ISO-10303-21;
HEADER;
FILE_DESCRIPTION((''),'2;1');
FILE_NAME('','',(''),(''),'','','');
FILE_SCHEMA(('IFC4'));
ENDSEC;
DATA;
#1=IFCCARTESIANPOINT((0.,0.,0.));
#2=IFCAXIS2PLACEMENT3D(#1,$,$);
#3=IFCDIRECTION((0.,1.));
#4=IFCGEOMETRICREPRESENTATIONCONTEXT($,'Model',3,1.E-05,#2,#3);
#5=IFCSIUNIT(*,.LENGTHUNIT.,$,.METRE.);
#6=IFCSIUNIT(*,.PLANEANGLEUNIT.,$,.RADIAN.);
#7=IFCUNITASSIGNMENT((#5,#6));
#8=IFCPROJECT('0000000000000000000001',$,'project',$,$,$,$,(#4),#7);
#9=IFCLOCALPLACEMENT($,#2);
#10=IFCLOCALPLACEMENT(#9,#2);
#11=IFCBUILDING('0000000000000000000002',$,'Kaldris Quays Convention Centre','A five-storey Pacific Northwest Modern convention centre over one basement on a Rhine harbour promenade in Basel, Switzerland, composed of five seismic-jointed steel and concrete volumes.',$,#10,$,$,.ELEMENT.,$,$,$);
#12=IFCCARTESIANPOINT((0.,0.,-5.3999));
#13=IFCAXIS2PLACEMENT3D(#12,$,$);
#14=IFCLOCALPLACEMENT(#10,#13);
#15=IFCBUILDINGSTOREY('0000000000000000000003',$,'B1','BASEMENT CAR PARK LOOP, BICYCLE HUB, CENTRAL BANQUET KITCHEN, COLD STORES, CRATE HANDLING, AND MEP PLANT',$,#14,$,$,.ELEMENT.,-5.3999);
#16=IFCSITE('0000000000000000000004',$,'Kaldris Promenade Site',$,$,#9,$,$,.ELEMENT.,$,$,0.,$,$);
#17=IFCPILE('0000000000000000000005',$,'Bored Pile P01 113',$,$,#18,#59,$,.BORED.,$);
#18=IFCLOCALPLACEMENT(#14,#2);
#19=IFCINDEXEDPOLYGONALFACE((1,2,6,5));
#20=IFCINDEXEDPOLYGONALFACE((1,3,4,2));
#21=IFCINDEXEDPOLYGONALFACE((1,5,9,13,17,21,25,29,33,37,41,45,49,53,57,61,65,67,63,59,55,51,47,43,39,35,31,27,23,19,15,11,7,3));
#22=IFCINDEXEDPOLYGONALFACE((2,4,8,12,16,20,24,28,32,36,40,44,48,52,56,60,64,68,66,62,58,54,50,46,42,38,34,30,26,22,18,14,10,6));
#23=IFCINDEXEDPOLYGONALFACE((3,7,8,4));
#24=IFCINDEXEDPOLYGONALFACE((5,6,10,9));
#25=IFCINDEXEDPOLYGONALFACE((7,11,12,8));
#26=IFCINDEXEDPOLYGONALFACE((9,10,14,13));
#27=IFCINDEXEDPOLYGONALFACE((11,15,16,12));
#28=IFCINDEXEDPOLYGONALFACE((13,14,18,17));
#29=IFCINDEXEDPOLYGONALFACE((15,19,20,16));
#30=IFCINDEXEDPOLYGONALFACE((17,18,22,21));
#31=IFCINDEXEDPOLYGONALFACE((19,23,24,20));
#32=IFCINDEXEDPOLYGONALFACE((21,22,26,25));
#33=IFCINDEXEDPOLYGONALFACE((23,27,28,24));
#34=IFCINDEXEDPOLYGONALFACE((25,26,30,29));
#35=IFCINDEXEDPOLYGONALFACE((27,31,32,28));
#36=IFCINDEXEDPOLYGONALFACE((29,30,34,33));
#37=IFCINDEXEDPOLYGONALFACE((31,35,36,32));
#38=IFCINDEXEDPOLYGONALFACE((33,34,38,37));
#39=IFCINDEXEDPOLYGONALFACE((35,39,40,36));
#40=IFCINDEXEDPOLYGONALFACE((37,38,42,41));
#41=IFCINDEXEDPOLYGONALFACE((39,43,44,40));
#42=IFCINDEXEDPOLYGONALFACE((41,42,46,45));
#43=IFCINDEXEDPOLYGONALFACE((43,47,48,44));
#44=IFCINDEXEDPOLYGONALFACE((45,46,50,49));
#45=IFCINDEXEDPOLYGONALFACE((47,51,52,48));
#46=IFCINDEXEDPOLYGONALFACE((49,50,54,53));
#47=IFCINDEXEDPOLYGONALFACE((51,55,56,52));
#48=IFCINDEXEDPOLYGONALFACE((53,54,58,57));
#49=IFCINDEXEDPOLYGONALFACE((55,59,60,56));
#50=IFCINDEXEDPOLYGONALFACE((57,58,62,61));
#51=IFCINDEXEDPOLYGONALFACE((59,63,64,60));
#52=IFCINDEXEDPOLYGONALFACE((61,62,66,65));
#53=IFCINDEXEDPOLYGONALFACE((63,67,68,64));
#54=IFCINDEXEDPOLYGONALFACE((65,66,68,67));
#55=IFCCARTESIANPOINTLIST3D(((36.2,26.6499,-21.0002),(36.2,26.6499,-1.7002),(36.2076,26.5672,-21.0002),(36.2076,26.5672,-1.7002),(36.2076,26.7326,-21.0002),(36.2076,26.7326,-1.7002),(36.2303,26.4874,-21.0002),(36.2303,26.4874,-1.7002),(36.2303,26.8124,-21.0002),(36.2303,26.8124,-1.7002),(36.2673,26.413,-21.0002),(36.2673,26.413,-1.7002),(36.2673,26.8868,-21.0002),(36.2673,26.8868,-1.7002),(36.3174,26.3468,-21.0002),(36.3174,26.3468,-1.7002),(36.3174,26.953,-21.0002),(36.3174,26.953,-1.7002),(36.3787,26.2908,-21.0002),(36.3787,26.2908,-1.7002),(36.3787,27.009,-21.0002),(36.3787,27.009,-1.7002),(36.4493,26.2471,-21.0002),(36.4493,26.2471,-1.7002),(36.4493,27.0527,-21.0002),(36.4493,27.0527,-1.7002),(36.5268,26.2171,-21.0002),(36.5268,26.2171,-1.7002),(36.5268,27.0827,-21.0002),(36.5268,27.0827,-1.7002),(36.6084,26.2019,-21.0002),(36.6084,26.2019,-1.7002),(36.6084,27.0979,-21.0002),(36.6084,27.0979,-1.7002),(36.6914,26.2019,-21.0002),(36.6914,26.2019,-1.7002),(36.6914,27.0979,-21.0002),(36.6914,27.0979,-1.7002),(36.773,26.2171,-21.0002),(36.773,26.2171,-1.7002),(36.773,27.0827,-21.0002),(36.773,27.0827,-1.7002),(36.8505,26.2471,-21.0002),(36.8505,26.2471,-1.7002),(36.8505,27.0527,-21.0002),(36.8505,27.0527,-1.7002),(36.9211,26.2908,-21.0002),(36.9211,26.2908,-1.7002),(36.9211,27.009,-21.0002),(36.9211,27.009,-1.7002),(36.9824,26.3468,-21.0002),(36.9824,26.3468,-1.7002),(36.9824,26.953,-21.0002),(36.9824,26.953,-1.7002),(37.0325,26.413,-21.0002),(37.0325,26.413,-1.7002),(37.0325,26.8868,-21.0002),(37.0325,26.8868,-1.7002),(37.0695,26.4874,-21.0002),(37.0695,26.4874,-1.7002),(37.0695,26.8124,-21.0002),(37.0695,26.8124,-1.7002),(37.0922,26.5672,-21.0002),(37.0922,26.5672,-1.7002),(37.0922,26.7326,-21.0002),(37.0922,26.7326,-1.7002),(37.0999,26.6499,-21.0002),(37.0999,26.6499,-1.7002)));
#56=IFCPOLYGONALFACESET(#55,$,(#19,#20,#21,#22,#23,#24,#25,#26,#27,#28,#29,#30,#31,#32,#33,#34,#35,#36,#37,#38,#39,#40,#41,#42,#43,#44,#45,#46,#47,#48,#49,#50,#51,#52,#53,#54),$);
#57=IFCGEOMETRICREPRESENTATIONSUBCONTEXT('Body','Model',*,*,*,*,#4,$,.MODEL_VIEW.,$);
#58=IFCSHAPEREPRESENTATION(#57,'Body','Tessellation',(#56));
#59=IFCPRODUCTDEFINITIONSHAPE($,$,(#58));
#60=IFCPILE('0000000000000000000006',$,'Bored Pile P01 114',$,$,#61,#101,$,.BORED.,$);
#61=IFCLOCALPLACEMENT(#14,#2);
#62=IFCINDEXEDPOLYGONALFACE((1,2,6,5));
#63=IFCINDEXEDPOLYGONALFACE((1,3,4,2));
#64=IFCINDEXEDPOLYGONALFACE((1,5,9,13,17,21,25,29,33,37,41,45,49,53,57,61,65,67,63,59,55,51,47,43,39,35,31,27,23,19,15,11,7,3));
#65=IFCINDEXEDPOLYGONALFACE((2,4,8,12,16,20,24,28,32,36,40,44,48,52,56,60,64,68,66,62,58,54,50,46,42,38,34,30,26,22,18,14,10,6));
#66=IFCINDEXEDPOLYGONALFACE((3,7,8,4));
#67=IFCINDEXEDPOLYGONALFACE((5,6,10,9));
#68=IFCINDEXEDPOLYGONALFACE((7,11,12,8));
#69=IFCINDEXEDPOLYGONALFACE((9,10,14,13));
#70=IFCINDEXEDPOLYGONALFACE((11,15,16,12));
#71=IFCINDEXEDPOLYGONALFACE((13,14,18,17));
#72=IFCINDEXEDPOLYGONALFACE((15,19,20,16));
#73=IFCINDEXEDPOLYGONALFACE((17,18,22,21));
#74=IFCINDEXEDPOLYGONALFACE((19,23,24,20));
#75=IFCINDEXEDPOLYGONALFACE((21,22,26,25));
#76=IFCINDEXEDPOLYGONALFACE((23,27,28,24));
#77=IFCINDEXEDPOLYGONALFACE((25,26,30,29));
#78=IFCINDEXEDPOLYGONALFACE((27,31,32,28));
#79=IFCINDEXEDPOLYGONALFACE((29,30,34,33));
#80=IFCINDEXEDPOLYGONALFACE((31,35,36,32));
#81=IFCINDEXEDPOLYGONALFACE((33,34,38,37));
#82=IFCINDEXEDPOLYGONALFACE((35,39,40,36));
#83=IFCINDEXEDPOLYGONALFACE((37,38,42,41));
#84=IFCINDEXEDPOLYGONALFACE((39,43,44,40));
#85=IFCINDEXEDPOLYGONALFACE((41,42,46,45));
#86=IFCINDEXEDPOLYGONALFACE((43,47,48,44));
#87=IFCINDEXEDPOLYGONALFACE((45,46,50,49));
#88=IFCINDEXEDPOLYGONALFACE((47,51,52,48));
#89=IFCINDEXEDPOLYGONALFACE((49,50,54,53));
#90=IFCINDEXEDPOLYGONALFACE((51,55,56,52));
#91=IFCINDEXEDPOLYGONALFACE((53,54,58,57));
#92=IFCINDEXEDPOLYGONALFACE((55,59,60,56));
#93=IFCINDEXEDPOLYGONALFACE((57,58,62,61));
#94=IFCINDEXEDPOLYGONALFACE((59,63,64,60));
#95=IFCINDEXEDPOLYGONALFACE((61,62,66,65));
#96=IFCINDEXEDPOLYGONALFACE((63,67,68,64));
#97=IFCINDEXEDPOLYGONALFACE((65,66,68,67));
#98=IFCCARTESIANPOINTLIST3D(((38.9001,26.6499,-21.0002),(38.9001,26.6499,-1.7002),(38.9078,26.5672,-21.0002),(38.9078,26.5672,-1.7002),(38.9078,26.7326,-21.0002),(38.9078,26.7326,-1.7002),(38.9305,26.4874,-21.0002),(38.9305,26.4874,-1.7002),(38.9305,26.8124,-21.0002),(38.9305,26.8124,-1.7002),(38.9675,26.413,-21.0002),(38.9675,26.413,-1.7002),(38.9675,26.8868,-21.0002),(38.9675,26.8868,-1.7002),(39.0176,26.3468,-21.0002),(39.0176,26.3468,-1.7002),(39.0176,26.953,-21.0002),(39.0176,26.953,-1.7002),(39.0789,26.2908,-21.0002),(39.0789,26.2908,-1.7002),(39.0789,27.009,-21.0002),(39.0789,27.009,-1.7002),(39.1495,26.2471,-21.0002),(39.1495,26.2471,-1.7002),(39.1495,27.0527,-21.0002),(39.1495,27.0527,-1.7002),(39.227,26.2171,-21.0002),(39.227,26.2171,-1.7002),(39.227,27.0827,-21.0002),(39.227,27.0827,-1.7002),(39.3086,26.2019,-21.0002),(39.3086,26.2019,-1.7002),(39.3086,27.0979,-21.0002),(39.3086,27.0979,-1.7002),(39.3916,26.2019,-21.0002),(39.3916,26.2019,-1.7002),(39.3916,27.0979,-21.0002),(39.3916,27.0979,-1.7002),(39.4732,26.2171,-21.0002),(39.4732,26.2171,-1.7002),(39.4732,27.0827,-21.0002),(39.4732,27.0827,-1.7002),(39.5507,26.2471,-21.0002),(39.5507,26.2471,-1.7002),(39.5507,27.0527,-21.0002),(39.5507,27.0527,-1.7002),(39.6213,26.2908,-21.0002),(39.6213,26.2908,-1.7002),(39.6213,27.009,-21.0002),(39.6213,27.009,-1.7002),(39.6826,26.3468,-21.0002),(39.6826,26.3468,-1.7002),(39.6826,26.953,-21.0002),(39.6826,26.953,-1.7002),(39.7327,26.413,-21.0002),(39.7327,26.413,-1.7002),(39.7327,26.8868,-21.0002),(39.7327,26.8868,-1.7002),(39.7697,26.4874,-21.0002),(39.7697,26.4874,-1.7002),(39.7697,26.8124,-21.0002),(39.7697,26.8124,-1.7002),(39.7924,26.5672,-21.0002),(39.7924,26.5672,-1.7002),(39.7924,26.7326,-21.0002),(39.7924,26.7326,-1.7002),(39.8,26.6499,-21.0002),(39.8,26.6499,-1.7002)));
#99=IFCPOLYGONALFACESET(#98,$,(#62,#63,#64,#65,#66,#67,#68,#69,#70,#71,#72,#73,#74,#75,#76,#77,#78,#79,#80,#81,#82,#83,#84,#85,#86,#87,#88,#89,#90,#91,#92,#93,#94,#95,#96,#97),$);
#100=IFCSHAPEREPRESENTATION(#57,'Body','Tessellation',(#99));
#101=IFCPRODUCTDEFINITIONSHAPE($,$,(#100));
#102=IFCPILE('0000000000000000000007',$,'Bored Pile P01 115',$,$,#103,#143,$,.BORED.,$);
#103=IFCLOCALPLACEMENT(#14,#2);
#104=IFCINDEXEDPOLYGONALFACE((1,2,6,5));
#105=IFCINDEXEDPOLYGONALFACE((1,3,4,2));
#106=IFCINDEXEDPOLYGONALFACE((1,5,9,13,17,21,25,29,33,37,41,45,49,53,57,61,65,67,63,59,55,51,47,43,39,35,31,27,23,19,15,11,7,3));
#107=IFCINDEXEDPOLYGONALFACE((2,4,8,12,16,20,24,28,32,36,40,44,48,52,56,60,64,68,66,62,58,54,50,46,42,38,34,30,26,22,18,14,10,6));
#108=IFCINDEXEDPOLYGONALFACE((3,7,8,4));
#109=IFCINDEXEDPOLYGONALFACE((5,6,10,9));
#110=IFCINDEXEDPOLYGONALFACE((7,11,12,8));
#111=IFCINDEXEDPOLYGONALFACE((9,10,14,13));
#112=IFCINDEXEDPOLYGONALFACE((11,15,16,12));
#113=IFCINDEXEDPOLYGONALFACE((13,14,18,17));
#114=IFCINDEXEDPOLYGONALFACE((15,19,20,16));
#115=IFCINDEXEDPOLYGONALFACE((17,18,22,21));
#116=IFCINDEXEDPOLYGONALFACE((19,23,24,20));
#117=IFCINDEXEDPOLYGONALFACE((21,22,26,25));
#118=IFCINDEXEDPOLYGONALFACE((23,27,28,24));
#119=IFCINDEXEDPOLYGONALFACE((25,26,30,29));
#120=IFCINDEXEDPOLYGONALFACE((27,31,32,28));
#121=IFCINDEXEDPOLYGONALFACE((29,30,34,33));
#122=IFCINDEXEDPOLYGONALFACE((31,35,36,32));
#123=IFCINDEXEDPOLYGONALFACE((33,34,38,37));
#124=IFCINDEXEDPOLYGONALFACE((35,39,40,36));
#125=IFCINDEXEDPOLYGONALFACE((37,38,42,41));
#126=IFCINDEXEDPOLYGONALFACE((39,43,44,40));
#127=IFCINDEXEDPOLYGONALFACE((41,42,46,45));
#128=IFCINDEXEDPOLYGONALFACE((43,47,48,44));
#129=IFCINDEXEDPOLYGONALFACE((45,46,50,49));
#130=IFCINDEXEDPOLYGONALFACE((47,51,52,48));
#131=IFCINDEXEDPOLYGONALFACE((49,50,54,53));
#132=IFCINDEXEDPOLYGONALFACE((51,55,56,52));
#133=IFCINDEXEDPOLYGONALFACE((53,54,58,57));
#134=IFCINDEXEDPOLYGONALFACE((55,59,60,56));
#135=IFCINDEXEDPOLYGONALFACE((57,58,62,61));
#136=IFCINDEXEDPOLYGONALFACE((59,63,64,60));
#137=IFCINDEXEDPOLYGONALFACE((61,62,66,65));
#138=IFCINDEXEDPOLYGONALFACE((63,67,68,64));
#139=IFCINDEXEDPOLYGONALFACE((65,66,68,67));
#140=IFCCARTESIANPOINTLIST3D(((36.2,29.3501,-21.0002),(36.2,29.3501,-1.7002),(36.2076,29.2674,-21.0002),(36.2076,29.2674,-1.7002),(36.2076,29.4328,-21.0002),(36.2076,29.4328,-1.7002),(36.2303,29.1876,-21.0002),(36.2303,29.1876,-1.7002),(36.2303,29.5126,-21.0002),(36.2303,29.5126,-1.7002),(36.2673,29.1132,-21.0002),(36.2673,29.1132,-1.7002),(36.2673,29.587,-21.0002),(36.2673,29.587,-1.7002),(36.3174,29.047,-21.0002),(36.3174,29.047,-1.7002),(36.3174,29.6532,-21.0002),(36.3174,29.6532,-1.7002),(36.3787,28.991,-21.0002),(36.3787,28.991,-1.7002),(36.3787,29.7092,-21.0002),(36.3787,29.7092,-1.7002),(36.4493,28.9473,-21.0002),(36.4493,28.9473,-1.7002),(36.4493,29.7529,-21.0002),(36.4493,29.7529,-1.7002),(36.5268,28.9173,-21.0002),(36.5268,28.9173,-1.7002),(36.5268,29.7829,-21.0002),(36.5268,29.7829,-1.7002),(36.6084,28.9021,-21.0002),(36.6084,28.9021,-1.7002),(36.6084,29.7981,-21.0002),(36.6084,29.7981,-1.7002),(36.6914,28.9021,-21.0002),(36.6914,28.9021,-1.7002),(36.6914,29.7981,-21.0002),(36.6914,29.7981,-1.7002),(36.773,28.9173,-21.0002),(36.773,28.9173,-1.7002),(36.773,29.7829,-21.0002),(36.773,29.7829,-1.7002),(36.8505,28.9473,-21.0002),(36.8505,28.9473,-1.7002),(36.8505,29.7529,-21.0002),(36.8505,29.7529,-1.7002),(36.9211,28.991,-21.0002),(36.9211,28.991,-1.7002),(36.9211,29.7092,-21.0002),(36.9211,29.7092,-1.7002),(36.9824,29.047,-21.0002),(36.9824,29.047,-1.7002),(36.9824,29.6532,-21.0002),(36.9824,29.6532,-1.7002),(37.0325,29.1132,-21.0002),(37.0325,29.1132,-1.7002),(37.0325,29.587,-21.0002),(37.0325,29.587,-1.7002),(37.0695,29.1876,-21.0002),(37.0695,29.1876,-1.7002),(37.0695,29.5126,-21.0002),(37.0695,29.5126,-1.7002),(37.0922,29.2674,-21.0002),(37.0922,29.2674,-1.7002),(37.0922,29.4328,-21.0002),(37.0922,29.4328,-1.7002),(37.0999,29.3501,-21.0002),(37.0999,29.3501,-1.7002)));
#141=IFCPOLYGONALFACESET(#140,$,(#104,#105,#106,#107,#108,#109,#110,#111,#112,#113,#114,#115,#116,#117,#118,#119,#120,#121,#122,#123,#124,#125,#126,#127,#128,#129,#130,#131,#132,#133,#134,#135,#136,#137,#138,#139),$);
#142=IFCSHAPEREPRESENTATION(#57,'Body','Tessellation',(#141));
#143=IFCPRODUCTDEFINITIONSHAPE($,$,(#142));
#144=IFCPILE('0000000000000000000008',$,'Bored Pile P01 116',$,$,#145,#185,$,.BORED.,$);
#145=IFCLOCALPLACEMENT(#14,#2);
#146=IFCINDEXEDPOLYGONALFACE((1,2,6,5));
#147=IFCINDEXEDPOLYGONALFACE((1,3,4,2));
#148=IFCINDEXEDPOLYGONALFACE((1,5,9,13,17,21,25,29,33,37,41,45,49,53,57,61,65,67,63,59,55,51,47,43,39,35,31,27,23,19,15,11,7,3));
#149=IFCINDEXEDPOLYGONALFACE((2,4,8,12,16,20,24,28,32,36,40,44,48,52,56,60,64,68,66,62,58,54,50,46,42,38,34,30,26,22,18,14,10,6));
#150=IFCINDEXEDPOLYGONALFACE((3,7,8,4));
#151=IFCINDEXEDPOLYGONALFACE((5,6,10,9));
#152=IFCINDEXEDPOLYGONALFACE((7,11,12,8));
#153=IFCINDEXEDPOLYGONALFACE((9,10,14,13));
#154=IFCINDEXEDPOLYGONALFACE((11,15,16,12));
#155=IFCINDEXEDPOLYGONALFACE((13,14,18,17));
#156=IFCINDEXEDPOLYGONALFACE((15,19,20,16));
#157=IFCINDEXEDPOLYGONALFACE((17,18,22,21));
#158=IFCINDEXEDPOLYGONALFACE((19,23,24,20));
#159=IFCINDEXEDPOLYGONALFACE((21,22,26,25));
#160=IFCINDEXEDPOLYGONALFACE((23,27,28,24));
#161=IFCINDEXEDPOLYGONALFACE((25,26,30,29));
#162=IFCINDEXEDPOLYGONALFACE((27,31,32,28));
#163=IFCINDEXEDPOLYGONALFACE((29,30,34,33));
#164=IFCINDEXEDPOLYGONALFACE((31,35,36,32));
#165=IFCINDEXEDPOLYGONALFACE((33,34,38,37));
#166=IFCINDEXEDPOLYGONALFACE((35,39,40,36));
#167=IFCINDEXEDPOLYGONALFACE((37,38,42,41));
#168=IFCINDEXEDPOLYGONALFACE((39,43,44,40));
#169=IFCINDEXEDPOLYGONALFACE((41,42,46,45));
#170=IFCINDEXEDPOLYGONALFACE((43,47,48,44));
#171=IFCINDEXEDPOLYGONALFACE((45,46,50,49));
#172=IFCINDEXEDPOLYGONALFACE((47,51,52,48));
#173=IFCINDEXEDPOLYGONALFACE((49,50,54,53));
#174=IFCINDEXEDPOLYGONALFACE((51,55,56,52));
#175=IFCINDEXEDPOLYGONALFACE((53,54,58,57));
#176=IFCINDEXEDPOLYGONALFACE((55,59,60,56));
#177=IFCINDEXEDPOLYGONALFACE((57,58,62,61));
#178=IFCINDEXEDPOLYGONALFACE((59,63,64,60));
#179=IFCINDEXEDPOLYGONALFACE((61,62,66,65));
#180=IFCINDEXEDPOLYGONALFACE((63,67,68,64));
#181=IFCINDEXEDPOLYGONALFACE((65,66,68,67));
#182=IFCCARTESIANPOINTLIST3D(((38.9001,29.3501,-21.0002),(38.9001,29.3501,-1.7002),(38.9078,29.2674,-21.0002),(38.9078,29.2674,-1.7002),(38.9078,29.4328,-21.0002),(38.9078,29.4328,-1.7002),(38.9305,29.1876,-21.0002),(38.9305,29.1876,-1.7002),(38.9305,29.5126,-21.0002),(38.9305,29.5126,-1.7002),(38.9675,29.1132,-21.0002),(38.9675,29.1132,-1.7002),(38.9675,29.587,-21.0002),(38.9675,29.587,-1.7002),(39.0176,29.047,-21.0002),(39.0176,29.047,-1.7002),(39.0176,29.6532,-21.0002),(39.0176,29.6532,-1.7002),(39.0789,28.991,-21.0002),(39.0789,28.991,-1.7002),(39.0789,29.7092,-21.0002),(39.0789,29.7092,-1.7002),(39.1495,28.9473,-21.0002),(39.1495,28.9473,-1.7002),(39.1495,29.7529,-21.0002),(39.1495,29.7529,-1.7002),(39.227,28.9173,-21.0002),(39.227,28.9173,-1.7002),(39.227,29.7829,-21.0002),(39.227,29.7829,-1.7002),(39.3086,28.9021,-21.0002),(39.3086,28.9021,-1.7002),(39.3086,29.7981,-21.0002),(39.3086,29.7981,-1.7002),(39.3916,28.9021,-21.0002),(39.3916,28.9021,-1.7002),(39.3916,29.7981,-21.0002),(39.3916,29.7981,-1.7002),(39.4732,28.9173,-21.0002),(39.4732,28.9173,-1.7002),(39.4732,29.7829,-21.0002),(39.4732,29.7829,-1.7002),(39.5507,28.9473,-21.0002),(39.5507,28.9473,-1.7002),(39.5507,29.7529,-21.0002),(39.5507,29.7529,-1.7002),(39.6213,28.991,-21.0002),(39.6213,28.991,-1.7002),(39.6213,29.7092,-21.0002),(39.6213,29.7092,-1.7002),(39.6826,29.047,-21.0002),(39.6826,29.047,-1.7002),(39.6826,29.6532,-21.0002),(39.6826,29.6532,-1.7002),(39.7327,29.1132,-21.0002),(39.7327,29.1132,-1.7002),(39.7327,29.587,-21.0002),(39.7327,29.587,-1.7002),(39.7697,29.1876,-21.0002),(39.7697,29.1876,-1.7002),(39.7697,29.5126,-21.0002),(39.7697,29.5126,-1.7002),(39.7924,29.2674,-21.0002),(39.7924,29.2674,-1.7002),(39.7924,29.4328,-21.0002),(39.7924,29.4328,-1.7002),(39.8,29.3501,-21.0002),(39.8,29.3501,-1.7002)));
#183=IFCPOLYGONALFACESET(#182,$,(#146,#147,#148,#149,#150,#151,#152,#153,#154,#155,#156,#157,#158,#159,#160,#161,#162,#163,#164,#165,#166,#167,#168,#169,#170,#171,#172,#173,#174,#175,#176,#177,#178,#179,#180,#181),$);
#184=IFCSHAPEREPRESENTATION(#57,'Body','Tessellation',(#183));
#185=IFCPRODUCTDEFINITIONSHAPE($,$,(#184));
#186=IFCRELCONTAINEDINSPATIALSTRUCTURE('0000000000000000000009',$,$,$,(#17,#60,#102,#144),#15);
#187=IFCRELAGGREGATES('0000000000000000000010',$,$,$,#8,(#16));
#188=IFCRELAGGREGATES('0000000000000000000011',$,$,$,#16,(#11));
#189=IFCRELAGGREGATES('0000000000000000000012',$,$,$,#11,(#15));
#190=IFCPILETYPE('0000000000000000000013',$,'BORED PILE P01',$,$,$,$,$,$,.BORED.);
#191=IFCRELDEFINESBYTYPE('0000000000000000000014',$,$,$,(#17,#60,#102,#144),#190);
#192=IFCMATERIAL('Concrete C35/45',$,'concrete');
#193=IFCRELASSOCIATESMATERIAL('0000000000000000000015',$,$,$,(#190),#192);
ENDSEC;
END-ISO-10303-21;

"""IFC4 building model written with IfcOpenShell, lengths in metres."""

from ifc_helpers import new_model, si_unit, direction, frame, origin, origin_2d, place, context, subcontext, project, spatial, circle, extrude, material, material_profile, profile_set, type_object, element, save


model = new_model("IFC4")

# Units and contexts
model_context = context("Model", 3, precision=1e-05, world=origin(), true_north=direction((0.0, 1.0)))
body_context = subcontext(model_context, "Body", "Model", "MODEL_VIEW")
ifc_project = project(units=[si_unit("LENGTHUNIT", "METRE"), si_unit("PLANEANGLEUNIT", "RADIAN")], contexts=[model_context])

# Site, building, storey
site_placement = place(None, origin())
site = spatial("IfcSite", under=ifc_project, at=site_placement, Name="Kaldris Promenade Site", CompositionType="ELEMENT", RefElevation=0.0)
building_placement = place(site_placement, origin())
building = spatial("IfcBuilding", under=site, at=building_placement, Name="Kaldris Quays Convention Centre", Description="A five-storey Pacific Northwest Modern convention centre over one basement on a Rhine harbour promenade in Basel, Switzerland, composed of five seismic-jointed steel and concrete volumes.", CompositionType="ELEMENT")
storey_placement = place(building_placement, frame((0.0, 0.0, -5.3999)))
storey = spatial("IfcBuildingStorey", under=building, at=storey_placement, Name="B1", Description="BASEMENT CAR PARK LOOP, BICYCLE HUB, CENTRAL BANQUET KITCHEN, COLD STORES, CRATE HANDLING, AND MEP PLANT", CompositionType="ELEMENT", Elevation=-5.3999)

# Piles
ifc_material_1 = material(Name="Concrete C35/45", Category="concrete")
ifc_material_profile_1 = material_profile(ifc_material_1, circle(Radius=0.45, at=origin_2d()), Name="BORED PILE D900")
ifc_profile_set_1 = profile_set([ifc_material_profile_1], Name="Concrete C35/45")
pile_type = type_object("IfcPileType", Name="BORED PILE P01", PredefinedType="BORED", material=ifc_profile_set_1)
for number, where, z_axis, x_axis, name in (
    (1, (36.6499, 26.6499, -1.7002), (0.0, 0.0, -1.0), (1.0, 0.0, 0.0), "Bored Pile P01 113"),
    (2, (39.3501, 26.6499, -1.7002), (0.0, 0.0, -1.0), (1.0, 0.0, 0.0), "Bored Pile P01 114"),
    (3, (36.6499, 29.3501, -1.7002), (0.0, 0.0, -1.0), (1.0, 0.0, 0.0), "Bored Pile P01 115"),
    (4, (39.3501, 29.3501, -1.7002), (0.0, 0.0, -1.0), (1.0, 0.0, 0.0), "Bored Pile P01 116"),
):
    element("IfcPile", number, at=place(storey_placement, frame(where, z_axis=z_axis, x_axis=x_axis)), inside=storey, type_object=pile_type, Name=name, PredefinedType="BORED", context=body_context, shape_type="SweptSolid", body=[
        extrude(circle(Radius=0.45, at=origin_2d()), origin(), (0.0, 0.0, 1.0), 19.3),
    ])

save(model, "model.ifc")
